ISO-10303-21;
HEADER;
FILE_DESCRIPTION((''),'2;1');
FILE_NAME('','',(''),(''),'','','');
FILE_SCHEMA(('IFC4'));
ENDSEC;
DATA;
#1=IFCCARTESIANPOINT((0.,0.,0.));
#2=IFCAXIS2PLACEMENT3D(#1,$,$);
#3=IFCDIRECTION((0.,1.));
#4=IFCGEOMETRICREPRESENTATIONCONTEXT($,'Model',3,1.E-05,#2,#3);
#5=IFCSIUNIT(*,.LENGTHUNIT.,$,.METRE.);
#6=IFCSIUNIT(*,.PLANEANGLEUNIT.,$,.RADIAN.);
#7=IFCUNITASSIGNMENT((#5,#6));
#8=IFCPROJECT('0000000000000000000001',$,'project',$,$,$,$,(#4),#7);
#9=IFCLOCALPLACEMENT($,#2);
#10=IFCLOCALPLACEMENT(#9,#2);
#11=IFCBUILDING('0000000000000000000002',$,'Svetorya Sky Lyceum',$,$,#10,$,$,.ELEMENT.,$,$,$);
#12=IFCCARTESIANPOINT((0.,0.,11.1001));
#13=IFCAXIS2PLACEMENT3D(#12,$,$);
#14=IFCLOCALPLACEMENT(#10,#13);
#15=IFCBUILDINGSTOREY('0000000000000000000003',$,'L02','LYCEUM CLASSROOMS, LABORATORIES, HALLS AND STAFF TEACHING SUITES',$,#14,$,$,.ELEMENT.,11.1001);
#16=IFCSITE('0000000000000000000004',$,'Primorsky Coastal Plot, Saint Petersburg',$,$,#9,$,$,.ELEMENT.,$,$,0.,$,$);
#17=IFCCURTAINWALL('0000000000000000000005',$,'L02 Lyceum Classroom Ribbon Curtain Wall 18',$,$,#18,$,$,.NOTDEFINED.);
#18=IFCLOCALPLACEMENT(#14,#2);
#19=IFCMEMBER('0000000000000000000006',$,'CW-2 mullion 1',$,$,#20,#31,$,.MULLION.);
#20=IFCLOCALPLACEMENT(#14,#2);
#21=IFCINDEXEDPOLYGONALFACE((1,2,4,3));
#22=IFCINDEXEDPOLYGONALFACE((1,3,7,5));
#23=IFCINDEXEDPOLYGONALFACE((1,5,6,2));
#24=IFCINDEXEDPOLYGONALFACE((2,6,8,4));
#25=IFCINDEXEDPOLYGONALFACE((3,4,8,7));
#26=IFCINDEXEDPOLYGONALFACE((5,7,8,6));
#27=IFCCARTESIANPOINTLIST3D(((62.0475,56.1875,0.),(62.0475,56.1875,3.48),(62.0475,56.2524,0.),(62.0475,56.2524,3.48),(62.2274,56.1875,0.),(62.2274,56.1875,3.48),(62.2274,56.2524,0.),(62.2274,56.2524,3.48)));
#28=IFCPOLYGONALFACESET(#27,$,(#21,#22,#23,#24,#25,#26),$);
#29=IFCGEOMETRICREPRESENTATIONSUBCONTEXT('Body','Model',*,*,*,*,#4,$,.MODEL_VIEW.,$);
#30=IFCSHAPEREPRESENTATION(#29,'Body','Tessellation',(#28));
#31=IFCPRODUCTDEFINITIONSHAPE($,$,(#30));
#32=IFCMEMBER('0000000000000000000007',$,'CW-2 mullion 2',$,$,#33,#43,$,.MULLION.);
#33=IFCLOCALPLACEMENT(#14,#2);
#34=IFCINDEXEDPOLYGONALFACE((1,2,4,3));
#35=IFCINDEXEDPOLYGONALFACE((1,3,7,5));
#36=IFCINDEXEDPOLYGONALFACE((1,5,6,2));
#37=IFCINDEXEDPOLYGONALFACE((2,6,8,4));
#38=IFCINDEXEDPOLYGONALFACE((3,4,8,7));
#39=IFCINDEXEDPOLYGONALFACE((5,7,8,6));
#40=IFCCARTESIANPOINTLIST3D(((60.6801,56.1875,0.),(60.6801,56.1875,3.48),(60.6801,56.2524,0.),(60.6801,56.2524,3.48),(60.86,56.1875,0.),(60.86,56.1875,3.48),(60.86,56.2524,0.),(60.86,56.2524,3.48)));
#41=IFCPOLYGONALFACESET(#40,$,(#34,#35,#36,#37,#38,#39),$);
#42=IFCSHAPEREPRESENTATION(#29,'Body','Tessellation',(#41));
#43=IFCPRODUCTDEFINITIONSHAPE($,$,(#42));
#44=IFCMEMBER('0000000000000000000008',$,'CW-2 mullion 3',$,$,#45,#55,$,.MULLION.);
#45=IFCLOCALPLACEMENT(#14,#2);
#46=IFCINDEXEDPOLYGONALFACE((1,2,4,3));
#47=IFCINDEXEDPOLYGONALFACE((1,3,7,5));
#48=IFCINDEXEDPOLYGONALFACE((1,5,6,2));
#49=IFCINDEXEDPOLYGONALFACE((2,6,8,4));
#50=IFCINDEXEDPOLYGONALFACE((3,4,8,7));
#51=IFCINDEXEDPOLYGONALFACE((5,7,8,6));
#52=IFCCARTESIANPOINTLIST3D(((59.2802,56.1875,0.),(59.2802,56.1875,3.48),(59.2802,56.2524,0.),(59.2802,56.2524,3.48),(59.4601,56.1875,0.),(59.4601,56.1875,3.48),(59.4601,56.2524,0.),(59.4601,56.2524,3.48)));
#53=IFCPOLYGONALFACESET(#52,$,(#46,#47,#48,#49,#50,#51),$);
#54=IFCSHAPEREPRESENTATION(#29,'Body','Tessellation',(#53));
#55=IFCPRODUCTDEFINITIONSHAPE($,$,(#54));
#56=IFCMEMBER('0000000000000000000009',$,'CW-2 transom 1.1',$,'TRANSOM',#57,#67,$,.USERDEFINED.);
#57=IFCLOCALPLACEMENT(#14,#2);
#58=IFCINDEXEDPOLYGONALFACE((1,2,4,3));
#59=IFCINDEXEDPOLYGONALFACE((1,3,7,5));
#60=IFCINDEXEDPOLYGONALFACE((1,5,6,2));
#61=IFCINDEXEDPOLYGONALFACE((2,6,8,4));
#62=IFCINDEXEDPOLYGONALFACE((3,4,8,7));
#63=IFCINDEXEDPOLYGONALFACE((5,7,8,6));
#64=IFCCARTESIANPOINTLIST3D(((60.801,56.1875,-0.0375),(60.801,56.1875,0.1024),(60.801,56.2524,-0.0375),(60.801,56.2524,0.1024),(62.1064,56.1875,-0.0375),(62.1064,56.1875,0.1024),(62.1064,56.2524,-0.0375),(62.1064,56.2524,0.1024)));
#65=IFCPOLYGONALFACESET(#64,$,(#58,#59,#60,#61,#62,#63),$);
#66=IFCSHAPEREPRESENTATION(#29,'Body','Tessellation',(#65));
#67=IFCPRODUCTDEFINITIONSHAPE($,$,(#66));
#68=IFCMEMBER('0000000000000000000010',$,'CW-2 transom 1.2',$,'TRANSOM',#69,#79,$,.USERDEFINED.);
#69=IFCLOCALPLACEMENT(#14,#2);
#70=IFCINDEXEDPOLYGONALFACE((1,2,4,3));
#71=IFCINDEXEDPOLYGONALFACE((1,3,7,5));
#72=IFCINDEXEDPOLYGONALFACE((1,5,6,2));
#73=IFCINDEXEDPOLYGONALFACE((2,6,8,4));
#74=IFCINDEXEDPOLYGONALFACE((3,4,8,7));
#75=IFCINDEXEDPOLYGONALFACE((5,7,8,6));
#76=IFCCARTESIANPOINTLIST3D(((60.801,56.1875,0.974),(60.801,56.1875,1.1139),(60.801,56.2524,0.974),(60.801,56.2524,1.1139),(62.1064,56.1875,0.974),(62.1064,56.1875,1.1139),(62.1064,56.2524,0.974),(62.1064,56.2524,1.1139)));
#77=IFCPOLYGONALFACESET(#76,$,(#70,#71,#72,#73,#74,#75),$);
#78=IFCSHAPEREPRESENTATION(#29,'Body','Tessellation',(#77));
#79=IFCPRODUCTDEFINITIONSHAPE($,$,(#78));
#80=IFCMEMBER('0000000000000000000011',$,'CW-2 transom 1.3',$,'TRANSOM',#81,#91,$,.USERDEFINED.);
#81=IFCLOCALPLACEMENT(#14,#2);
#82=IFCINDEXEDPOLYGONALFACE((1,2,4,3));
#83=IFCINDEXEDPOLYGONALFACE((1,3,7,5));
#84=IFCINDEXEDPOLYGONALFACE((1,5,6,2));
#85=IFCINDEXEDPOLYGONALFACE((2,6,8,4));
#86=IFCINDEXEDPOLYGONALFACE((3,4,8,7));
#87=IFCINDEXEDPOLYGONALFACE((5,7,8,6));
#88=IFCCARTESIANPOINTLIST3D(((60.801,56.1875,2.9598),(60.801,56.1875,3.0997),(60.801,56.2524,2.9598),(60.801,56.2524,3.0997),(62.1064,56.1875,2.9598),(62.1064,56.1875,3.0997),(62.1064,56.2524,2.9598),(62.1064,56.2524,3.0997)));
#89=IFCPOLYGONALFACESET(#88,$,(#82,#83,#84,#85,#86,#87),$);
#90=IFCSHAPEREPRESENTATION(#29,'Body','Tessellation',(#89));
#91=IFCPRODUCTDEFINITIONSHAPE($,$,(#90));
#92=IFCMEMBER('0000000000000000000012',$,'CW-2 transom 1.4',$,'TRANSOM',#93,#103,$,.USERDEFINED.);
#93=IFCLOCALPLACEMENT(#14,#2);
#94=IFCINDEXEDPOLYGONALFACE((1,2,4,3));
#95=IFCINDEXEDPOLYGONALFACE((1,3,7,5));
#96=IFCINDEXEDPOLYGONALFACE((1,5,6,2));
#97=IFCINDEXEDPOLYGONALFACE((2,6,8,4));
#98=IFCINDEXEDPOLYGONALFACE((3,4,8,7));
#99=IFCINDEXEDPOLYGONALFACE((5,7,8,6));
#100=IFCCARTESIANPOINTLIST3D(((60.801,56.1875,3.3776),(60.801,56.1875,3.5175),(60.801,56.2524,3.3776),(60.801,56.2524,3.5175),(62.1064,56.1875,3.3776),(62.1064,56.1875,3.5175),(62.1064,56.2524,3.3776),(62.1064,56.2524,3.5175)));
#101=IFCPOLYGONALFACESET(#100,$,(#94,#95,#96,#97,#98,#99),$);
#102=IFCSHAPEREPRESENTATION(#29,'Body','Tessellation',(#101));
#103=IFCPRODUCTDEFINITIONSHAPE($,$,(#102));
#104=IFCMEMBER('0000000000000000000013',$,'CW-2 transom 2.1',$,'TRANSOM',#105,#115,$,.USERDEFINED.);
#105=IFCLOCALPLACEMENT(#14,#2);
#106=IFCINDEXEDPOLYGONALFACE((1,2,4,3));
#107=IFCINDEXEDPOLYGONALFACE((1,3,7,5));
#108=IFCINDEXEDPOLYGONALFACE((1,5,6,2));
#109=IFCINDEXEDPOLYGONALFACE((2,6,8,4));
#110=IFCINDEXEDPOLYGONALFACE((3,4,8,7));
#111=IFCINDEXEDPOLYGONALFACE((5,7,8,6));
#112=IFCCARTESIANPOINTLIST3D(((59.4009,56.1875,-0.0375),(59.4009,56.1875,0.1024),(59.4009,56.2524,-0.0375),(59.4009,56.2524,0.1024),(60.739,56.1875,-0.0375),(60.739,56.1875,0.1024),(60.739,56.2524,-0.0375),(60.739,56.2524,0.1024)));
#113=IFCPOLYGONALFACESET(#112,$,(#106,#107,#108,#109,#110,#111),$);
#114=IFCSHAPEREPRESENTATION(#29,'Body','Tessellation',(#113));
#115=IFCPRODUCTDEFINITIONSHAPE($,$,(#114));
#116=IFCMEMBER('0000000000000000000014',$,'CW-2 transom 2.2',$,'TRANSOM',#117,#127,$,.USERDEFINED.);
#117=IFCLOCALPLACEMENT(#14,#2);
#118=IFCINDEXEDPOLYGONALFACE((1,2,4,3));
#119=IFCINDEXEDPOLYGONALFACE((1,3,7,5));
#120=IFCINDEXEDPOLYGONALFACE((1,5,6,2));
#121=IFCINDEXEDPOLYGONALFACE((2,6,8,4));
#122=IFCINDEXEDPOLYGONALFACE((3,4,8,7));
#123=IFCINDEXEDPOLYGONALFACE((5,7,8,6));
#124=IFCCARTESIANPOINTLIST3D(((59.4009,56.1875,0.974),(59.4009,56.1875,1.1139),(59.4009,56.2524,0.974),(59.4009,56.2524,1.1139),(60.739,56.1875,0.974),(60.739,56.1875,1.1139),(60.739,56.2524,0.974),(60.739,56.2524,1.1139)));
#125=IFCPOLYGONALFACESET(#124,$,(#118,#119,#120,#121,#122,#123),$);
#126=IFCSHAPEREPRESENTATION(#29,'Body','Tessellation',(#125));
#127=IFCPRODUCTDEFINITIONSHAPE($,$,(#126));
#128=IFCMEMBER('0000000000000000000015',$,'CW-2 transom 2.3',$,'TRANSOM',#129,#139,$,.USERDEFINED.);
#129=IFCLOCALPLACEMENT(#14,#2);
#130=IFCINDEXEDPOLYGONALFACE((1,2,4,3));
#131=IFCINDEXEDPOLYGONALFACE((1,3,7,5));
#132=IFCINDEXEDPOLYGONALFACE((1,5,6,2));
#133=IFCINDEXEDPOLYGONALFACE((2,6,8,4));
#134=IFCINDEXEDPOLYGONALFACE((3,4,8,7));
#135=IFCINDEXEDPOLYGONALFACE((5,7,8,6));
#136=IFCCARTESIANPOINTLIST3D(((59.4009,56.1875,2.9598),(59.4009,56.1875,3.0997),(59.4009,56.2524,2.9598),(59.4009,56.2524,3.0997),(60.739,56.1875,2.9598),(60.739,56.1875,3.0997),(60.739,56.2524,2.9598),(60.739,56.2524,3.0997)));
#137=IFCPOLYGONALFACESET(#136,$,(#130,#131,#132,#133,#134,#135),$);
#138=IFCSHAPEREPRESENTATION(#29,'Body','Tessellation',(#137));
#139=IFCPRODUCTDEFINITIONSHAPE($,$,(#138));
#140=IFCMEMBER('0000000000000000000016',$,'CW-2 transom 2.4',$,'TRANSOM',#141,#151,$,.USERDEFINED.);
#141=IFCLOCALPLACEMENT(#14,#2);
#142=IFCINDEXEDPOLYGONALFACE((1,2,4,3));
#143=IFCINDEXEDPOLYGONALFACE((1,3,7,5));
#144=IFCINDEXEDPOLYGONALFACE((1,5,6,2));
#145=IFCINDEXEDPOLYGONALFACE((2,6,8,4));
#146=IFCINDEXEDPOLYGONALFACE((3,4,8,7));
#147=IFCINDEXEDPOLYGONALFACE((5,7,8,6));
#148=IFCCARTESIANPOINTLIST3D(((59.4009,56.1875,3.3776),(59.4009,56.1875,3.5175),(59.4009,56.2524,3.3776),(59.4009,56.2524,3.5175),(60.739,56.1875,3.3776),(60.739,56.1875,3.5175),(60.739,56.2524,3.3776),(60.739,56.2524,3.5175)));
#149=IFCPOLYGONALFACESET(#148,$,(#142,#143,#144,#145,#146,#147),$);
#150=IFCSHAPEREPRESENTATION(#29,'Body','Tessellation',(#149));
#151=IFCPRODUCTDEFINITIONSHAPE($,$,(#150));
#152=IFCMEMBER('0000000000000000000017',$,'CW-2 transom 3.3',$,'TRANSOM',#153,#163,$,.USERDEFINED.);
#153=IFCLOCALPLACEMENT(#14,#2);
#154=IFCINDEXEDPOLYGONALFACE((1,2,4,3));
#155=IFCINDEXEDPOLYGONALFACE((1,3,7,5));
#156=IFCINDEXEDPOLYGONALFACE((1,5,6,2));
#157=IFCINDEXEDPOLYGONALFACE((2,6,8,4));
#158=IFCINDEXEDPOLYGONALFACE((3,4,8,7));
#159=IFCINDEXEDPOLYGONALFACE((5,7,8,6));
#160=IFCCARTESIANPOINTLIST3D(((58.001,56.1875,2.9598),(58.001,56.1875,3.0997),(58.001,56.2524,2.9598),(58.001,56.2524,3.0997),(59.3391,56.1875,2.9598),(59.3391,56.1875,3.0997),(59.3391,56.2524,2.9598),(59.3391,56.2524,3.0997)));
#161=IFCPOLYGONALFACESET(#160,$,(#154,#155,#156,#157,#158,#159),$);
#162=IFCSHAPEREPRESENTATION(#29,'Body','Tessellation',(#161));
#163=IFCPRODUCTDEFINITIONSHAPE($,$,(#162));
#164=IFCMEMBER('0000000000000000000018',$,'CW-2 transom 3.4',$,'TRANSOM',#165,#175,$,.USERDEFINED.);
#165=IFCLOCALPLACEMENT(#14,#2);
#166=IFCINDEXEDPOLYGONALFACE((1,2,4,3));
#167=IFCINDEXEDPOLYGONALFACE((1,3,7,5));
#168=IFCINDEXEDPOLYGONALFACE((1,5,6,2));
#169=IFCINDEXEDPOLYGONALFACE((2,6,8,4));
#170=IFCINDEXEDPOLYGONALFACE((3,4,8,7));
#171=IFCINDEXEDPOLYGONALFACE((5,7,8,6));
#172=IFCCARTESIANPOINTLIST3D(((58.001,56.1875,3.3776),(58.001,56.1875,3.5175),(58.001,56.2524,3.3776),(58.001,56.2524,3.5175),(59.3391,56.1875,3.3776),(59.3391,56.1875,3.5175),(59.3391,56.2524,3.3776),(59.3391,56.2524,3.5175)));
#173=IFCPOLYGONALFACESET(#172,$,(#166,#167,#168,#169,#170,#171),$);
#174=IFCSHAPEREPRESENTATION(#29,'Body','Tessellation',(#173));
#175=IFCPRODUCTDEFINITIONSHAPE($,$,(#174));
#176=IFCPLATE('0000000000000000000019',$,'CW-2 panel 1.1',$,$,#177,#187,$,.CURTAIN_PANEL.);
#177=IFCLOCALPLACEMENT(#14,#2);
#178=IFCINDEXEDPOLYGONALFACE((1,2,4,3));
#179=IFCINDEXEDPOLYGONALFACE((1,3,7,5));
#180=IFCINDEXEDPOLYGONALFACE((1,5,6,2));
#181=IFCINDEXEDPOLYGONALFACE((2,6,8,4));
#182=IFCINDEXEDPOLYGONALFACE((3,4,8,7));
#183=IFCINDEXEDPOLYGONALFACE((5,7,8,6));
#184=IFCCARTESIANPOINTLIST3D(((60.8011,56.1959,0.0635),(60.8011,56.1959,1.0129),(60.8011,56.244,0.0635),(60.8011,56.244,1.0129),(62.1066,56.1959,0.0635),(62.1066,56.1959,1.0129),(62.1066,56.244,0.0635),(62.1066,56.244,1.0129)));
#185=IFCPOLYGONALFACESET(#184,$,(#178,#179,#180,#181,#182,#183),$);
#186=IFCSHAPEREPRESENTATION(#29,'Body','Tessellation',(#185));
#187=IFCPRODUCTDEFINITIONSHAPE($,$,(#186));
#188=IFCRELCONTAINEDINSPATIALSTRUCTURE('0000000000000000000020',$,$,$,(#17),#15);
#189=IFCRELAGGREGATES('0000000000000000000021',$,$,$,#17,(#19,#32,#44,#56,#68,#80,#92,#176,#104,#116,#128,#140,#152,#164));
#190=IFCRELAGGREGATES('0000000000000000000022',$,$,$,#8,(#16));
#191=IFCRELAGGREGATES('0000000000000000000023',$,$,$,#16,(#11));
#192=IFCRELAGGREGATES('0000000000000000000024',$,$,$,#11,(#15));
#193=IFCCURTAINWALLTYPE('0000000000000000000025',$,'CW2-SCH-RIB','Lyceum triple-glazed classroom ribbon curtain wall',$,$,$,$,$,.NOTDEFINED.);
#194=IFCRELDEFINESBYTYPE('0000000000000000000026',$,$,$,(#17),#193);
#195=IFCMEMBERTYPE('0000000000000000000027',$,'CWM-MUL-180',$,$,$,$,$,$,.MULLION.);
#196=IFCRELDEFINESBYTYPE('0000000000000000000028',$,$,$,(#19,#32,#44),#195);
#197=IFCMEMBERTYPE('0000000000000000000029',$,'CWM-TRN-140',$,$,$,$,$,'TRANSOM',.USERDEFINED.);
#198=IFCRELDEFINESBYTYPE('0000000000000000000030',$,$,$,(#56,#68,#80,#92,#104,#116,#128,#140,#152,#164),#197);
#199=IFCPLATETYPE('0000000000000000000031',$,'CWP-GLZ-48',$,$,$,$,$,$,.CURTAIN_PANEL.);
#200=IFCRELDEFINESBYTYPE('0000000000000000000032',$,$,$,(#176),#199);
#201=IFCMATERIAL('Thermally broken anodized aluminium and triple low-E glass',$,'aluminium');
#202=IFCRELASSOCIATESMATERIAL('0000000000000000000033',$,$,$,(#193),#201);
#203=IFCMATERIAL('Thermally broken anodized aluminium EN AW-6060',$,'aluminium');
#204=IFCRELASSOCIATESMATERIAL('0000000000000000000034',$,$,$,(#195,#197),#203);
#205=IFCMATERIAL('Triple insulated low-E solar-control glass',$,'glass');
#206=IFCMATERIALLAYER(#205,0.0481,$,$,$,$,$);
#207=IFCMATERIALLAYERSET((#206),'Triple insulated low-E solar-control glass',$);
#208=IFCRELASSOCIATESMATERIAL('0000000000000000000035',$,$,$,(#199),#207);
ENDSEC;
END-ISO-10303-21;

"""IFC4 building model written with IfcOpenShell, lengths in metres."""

from ifc_helpers import new_model, si_unit, direction, frame, origin, origin_2d, place, context, subcontext, project, spatial, rectangle, extrude, material, layer, layer_set, material_profile, profile_set, type_object, element, aggregate, save


model = new_model("IFC4")

# Units and contexts
model_context = context("Model", 3, precision=1e-05, world=origin(), true_north=direction((0.0, 1.0)))
body_context = subcontext(model_context, "Body", "Model", "MODEL_VIEW")
ifc_project = project(units=[si_unit("LENGTHUNIT", "METRE"), si_unit("PLANEANGLEUNIT", "RADIAN")], contexts=[model_context])

# Site, building, storey
site_placement = place(None, origin())
site = spatial("IfcSite", under=ifc_project, at=site_placement, Name="Primorsky Coastal Plot, Saint Petersburg", CompositionType="ELEMENT", RefElevation=0.0)
building_placement = place(site_placement, origin())
building = spatial("IfcBuilding", under=site, at=building_placement, Name="Svetorya Sky Lyceum", CompositionType="ELEMENT")
storey_placement = place(building_placement, frame((0.0, 0.0, 11.1001)))
storey = spatial("IfcBuildingStorey", under=building, at=storey_placement, Name="L02", Description="LYCEUM CLASSROOMS, LABORATORIES, HALLS AND STAFF TEACHING SUITES", CompositionType="ELEMENT", Elevation=11.1001)

# Curtain wall, members, plate
ifc_material_1 = material(Name="Thermally broken anodized aluminium and triple low-E glass", Category="aluminium")
curtain_wall_type = type_object("IfcCurtainWallType", Name="CW2-SCH-RIB", Description="Lyceum triple-glazed classroom ribbon curtain wall", PredefinedType="NOTDEFINED", material=ifc_material_1)
curtain_wall_placement = place(storey_placement, origin())
curtain_wall = element("IfcCurtainWall", 1, at=curtain_wall_placement, inside=storey, type_object=curtain_wall_type, Name="L02 Lyceum Classroom Ribbon Curtain Wall 18", PredefinedType="NOTDEFINED")
ifc_material_2 = material(Name="Thermally broken anodized aluminium EN AW-6060", Category="aluminium")
ifc_material_profile_1 = material_profile(ifc_material_2, rectangle(XDim=0.0649, YDim=0.1799, at=origin_2d()), Name="ALU MULLION 65x180")
ifc_profile_set_1 = profile_set([ifc_material_profile_1], Name="Thermally broken anodized aluminium EN AW-6060")
member_type_1 = type_object("IfcMemberType", Name="CWM-MUL-180", PredefinedType="MULLION", material=ifc_profile_set_1)
member_1_placement = place(storey_placement, frame((62.1375, 56.22, 0.0), z_axis=(0.0, 0.0, 1.0), x_axis=(0.0, -1.0, 0.0)))
member_1 = element("IfcMember", 2, at=member_1_placement, type_object=member_type_1, Name="CW-2 mullion 1", PredefinedType="MULLION", context=body_context, shape_type="SweptSolid", body=[
    extrude(rectangle(XDim=0.0649, YDim=0.1799, at=origin_2d()), origin(), (0.0, 0.0, 1.0), 3.48),
])
member_2_placement = place(storey_placement, frame((60.77, 56.22, 0.0), z_axis=(0.0, 0.0, 1.0), x_axis=(0.0, -1.0, 0.0)))
member_2 = element("IfcMember", 3, at=member_2_placement, type_object=member_type_1, Name="CW-2 mullion 2", PredefinedType="MULLION", context=body_context, shape_type="SweptSolid", body=[
    extrude(rectangle(XDim=0.0649, YDim=0.1799, at=origin_2d()), origin(), (0.0, 0.0, 1.0), 3.48),
])
member_3_placement = place(storey_placement, frame((59.3701, 56.22, 0.0), z_axis=(0.0, 0.0, 1.0), x_axis=(0.0, -1.0, 0.0)))
member_3 = element("IfcMember", 4, at=member_3_placement, type_object=member_type_1, Name="CW-2 mullion 3", PredefinedType="MULLION", context=body_context, shape_type="SweptSolid", body=[
    extrude(rectangle(XDim=0.0649, YDim=0.1799, at=origin_2d()), origin(), (0.0, 0.0, 1.0), 3.48),
])
ifc_material_profile_2 = material_profile(ifc_material_2, rectangle(XDim=0.0649, YDim=0.1399, at=origin_2d()), Name="ALU TRANSOM 65x140")
ifc_profile_set_2 = profile_set([ifc_material_profile_2], Name="Thermally broken anodized aluminium EN AW-6060")
member_type_2 = type_object("IfcMemberType", Name="CWM-TRN-140", ElementType="TRANSOM", PredefinedType="USERDEFINED", material=ifc_profile_set_2)
member_4_placement = place(storey_placement, frame((62.1064, 56.22, 0.0325), z_axis=(-1.0, 0.0, 0.0), x_axis=(0.0, -1.0, 0.0)))
member_4 = element("IfcMember", 5, at=member_4_placement, type_object=member_type_2, Name="CW-2 transom 1.1", ObjectType="TRANSOM", PredefinedType="USERDEFINED", context=body_context, shape_type="SweptSolid", body=[
    extrude(rectangle(XDim=0.0649, YDim=0.1399, at=origin_2d()), origin(), (0.0, 0.0, 1.0), 1.3054),
])
member_5_placement = place(storey_placement, frame((62.1064, 56.22, 1.0439), z_axis=(-1.0, 0.0, 0.0), x_axis=(0.0, -1.0, 0.0)))
member_5 = element("IfcMember", 6, at=member_5_placement, type_object=member_type_2, Name="CW-2 transom 1.2", ObjectType="TRANSOM", PredefinedType="USERDEFINED", context=body_context, shape_type="SweptSolid", body=[
    extrude(rectangle(XDim=0.0649, YDim=0.1399, at=origin_2d()), origin(), (0.0, 0.0, 1.0), 1.3054),
])
member_6_placement = place(storey_placement, frame((62.1064, 56.22, 3.0298), z_axis=(-1.0, 0.0, 0.0), x_axis=(0.0, -1.0, 0.0)))
member_6 = element("IfcMember", 7, at=member_6_placement, type_object=member_type_2, Name="CW-2 transom 1.3", ObjectType="TRANSOM", PredefinedType="USERDEFINED", context=body_context, shape_type="SweptSolid", body=[
    extrude(rectangle(XDim=0.0649, YDim=0.1399, at=origin_2d()), origin(), (0.0, 0.0, 1.0), 1.3054),
])
member_7_placement = place(storey_placement, frame((62.1064, 56.22, 3.4475), z_axis=(-1.0, 0.0, 0.0), x_axis=(0.0, -1.0, 0.0)))
member_7 = element("IfcMember", 8, at=member_7_placement, type_object=member_type_2, Name="CW-2 transom 1.4", ObjectType="TRANSOM", PredefinedType="USERDEFINED", context=body_context, shape_type="SweptSolid", body=[
    extrude(rectangle(XDim=0.0649, YDim=0.1399, at=origin_2d()), origin(), (0.0, 0.0, 1.0), 1.3054),
])
member_8_placement = place(storey_placement, frame((60.739, 56.22, 0.0325), z_axis=(-1.0, 0.0, 0.0), x_axis=(0.0, -1.0, 0.0)))
member_8 = element("IfcMember", 9, at=member_8_placement, type_object=member_type_2, Name="CW-2 transom 2.1", ObjectType="TRANSOM", PredefinedType="USERDEFINED", context=body_context, shape_type="SweptSolid", body=[
    extrude(rectangle(XDim=0.0649, YDim=0.1399, at=origin_2d()), origin(), (0.0, 0.0, 1.0), 1.3381),
])
member_9_placement = place(storey_placement, frame((60.739, 56.22, 1.0439), z_axis=(-1.0, 0.0, 0.0), x_axis=(0.0, -1.0, 0.0)))
member_9 = element("IfcMember", 10, at=member_9_placement, type_object=member_type_2, Name="CW-2 transom 2.2", ObjectType="TRANSOM", PredefinedType="USERDEFINED", context=body_context, shape_type="SweptSolid", body=[
    extrude(rectangle(XDim=0.0649, YDim=0.1399, at=origin_2d()), origin(), (0.0, 0.0, 1.0), 1.3381),
])
member_10_placement = place(storey_placement, frame((60.739, 56.22, 3.0298), z_axis=(-1.0, 0.0, 0.0), x_axis=(0.0, -1.0, 0.0)))
member_10 = element("IfcMember", 11, at=member_10_placement, type_object=member_type_2, Name="CW-2 transom 2.3", ObjectType="TRANSOM", PredefinedType="USERDEFINED", context=body_context, shape_type="SweptSolid", body=[
    extrude(rectangle(XDim=0.0649, YDim=0.1399, at=origin_2d()), origin(), (0.0, 0.0, 1.0), 1.3381),
])
member_11_placement = place(storey_placement, frame((60.739, 56.22, 3.4475), z_axis=(-1.0, 0.0, 0.0), x_axis=(0.0, -1.0, 0.0)))
member_11 = element("IfcMember", 12, at=member_11_placement, type_object=member_type_2, Name="CW-2 transom 2.4", ObjectType="TRANSOM", PredefinedType="USERDEFINED", context=body_context, shape_type="SweptSolid", body=[
    extrude(rectangle(XDim=0.0649, YDim=0.1399, at=origin_2d()), origin(), (0.0, 0.0, 1.0), 1.3381),
])
member_12_placement = place(storey_placement, frame((59.3391, 56.22, 3.0298), z_axis=(-1.0, 0.0, 0.0), x_axis=(0.0, -1.0, 0.0)))
member_12 = element("IfcMember", 13, at=member_12_placement, type_object=member_type_2, Name="CW-2 transom 3.3", ObjectType="TRANSOM", PredefinedType="USERDEFINED", context=body_context, shape_type="SweptSolid", body=[
    extrude(rectangle(XDim=0.0649, YDim=0.1399, at=origin_2d()), origin(), (0.0, 0.0, 1.0), 1.3381),
])
member_13_placement = place(storey_placement, frame((59.3391, 56.22, 3.4475), z_axis=(-1.0, 0.0, 0.0), x_axis=(0.0, -1.0, 0.0)))
member_13 = element("IfcMember", 14, at=member_13_placement, type_object=member_type_2, Name="CW-2 transom 3.4", ObjectType="TRANSOM", PredefinedType="USERDEFINED", context=body_context, shape_type="SweptSolid", body=[
    extrude(rectangle(XDim=0.0649, YDim=0.1399, at=origin_2d()), origin(), (0.0, 0.0, 1.0), 1.3381),
])
ifc_material_3 = material(Name="Triple insulated low-E solar-control glass", Category="glass")
ifc_layer_1 = layer(ifc_material_3, 0.0481)
ifc_layer_set_1 = layer_set([ifc_layer_1], Name="Triple insulated low-E solar-control glass")
plate_type = type_object("IfcPlateType", Name="CWP-GLZ-48", PredefinedType="CURTAIN_PANEL", material=ifc_layer_set_1)
plate_1_placement = place(storey_placement, frame((61.4539, 56.22, 0.0635), z_axis=(0.0, 0.0, 1.0), x_axis=(-1.0, 0.0, 0.0)))
plate_1 = element("IfcPlate", 15, at=plate_1_placement, type_object=plate_type, Name="CW-2 panel 1.1", PredefinedType="CURTAIN_PANEL", context=body_context, shape_type="SweptSolid", body=[
    extrude(rectangle(XDim=1.3054, YDim=0.0481, at=origin_2d()), origin(), (0.0, 0.0, 1.0), 0.9495),
])
aggregate(curtain_wall, [member_1, member_2, member_3, member_4, member_5, member_6, member_7, plate_1, member_8, member_9, member_10, member_11, member_12, member_13])

save(model, "model.ifc")
